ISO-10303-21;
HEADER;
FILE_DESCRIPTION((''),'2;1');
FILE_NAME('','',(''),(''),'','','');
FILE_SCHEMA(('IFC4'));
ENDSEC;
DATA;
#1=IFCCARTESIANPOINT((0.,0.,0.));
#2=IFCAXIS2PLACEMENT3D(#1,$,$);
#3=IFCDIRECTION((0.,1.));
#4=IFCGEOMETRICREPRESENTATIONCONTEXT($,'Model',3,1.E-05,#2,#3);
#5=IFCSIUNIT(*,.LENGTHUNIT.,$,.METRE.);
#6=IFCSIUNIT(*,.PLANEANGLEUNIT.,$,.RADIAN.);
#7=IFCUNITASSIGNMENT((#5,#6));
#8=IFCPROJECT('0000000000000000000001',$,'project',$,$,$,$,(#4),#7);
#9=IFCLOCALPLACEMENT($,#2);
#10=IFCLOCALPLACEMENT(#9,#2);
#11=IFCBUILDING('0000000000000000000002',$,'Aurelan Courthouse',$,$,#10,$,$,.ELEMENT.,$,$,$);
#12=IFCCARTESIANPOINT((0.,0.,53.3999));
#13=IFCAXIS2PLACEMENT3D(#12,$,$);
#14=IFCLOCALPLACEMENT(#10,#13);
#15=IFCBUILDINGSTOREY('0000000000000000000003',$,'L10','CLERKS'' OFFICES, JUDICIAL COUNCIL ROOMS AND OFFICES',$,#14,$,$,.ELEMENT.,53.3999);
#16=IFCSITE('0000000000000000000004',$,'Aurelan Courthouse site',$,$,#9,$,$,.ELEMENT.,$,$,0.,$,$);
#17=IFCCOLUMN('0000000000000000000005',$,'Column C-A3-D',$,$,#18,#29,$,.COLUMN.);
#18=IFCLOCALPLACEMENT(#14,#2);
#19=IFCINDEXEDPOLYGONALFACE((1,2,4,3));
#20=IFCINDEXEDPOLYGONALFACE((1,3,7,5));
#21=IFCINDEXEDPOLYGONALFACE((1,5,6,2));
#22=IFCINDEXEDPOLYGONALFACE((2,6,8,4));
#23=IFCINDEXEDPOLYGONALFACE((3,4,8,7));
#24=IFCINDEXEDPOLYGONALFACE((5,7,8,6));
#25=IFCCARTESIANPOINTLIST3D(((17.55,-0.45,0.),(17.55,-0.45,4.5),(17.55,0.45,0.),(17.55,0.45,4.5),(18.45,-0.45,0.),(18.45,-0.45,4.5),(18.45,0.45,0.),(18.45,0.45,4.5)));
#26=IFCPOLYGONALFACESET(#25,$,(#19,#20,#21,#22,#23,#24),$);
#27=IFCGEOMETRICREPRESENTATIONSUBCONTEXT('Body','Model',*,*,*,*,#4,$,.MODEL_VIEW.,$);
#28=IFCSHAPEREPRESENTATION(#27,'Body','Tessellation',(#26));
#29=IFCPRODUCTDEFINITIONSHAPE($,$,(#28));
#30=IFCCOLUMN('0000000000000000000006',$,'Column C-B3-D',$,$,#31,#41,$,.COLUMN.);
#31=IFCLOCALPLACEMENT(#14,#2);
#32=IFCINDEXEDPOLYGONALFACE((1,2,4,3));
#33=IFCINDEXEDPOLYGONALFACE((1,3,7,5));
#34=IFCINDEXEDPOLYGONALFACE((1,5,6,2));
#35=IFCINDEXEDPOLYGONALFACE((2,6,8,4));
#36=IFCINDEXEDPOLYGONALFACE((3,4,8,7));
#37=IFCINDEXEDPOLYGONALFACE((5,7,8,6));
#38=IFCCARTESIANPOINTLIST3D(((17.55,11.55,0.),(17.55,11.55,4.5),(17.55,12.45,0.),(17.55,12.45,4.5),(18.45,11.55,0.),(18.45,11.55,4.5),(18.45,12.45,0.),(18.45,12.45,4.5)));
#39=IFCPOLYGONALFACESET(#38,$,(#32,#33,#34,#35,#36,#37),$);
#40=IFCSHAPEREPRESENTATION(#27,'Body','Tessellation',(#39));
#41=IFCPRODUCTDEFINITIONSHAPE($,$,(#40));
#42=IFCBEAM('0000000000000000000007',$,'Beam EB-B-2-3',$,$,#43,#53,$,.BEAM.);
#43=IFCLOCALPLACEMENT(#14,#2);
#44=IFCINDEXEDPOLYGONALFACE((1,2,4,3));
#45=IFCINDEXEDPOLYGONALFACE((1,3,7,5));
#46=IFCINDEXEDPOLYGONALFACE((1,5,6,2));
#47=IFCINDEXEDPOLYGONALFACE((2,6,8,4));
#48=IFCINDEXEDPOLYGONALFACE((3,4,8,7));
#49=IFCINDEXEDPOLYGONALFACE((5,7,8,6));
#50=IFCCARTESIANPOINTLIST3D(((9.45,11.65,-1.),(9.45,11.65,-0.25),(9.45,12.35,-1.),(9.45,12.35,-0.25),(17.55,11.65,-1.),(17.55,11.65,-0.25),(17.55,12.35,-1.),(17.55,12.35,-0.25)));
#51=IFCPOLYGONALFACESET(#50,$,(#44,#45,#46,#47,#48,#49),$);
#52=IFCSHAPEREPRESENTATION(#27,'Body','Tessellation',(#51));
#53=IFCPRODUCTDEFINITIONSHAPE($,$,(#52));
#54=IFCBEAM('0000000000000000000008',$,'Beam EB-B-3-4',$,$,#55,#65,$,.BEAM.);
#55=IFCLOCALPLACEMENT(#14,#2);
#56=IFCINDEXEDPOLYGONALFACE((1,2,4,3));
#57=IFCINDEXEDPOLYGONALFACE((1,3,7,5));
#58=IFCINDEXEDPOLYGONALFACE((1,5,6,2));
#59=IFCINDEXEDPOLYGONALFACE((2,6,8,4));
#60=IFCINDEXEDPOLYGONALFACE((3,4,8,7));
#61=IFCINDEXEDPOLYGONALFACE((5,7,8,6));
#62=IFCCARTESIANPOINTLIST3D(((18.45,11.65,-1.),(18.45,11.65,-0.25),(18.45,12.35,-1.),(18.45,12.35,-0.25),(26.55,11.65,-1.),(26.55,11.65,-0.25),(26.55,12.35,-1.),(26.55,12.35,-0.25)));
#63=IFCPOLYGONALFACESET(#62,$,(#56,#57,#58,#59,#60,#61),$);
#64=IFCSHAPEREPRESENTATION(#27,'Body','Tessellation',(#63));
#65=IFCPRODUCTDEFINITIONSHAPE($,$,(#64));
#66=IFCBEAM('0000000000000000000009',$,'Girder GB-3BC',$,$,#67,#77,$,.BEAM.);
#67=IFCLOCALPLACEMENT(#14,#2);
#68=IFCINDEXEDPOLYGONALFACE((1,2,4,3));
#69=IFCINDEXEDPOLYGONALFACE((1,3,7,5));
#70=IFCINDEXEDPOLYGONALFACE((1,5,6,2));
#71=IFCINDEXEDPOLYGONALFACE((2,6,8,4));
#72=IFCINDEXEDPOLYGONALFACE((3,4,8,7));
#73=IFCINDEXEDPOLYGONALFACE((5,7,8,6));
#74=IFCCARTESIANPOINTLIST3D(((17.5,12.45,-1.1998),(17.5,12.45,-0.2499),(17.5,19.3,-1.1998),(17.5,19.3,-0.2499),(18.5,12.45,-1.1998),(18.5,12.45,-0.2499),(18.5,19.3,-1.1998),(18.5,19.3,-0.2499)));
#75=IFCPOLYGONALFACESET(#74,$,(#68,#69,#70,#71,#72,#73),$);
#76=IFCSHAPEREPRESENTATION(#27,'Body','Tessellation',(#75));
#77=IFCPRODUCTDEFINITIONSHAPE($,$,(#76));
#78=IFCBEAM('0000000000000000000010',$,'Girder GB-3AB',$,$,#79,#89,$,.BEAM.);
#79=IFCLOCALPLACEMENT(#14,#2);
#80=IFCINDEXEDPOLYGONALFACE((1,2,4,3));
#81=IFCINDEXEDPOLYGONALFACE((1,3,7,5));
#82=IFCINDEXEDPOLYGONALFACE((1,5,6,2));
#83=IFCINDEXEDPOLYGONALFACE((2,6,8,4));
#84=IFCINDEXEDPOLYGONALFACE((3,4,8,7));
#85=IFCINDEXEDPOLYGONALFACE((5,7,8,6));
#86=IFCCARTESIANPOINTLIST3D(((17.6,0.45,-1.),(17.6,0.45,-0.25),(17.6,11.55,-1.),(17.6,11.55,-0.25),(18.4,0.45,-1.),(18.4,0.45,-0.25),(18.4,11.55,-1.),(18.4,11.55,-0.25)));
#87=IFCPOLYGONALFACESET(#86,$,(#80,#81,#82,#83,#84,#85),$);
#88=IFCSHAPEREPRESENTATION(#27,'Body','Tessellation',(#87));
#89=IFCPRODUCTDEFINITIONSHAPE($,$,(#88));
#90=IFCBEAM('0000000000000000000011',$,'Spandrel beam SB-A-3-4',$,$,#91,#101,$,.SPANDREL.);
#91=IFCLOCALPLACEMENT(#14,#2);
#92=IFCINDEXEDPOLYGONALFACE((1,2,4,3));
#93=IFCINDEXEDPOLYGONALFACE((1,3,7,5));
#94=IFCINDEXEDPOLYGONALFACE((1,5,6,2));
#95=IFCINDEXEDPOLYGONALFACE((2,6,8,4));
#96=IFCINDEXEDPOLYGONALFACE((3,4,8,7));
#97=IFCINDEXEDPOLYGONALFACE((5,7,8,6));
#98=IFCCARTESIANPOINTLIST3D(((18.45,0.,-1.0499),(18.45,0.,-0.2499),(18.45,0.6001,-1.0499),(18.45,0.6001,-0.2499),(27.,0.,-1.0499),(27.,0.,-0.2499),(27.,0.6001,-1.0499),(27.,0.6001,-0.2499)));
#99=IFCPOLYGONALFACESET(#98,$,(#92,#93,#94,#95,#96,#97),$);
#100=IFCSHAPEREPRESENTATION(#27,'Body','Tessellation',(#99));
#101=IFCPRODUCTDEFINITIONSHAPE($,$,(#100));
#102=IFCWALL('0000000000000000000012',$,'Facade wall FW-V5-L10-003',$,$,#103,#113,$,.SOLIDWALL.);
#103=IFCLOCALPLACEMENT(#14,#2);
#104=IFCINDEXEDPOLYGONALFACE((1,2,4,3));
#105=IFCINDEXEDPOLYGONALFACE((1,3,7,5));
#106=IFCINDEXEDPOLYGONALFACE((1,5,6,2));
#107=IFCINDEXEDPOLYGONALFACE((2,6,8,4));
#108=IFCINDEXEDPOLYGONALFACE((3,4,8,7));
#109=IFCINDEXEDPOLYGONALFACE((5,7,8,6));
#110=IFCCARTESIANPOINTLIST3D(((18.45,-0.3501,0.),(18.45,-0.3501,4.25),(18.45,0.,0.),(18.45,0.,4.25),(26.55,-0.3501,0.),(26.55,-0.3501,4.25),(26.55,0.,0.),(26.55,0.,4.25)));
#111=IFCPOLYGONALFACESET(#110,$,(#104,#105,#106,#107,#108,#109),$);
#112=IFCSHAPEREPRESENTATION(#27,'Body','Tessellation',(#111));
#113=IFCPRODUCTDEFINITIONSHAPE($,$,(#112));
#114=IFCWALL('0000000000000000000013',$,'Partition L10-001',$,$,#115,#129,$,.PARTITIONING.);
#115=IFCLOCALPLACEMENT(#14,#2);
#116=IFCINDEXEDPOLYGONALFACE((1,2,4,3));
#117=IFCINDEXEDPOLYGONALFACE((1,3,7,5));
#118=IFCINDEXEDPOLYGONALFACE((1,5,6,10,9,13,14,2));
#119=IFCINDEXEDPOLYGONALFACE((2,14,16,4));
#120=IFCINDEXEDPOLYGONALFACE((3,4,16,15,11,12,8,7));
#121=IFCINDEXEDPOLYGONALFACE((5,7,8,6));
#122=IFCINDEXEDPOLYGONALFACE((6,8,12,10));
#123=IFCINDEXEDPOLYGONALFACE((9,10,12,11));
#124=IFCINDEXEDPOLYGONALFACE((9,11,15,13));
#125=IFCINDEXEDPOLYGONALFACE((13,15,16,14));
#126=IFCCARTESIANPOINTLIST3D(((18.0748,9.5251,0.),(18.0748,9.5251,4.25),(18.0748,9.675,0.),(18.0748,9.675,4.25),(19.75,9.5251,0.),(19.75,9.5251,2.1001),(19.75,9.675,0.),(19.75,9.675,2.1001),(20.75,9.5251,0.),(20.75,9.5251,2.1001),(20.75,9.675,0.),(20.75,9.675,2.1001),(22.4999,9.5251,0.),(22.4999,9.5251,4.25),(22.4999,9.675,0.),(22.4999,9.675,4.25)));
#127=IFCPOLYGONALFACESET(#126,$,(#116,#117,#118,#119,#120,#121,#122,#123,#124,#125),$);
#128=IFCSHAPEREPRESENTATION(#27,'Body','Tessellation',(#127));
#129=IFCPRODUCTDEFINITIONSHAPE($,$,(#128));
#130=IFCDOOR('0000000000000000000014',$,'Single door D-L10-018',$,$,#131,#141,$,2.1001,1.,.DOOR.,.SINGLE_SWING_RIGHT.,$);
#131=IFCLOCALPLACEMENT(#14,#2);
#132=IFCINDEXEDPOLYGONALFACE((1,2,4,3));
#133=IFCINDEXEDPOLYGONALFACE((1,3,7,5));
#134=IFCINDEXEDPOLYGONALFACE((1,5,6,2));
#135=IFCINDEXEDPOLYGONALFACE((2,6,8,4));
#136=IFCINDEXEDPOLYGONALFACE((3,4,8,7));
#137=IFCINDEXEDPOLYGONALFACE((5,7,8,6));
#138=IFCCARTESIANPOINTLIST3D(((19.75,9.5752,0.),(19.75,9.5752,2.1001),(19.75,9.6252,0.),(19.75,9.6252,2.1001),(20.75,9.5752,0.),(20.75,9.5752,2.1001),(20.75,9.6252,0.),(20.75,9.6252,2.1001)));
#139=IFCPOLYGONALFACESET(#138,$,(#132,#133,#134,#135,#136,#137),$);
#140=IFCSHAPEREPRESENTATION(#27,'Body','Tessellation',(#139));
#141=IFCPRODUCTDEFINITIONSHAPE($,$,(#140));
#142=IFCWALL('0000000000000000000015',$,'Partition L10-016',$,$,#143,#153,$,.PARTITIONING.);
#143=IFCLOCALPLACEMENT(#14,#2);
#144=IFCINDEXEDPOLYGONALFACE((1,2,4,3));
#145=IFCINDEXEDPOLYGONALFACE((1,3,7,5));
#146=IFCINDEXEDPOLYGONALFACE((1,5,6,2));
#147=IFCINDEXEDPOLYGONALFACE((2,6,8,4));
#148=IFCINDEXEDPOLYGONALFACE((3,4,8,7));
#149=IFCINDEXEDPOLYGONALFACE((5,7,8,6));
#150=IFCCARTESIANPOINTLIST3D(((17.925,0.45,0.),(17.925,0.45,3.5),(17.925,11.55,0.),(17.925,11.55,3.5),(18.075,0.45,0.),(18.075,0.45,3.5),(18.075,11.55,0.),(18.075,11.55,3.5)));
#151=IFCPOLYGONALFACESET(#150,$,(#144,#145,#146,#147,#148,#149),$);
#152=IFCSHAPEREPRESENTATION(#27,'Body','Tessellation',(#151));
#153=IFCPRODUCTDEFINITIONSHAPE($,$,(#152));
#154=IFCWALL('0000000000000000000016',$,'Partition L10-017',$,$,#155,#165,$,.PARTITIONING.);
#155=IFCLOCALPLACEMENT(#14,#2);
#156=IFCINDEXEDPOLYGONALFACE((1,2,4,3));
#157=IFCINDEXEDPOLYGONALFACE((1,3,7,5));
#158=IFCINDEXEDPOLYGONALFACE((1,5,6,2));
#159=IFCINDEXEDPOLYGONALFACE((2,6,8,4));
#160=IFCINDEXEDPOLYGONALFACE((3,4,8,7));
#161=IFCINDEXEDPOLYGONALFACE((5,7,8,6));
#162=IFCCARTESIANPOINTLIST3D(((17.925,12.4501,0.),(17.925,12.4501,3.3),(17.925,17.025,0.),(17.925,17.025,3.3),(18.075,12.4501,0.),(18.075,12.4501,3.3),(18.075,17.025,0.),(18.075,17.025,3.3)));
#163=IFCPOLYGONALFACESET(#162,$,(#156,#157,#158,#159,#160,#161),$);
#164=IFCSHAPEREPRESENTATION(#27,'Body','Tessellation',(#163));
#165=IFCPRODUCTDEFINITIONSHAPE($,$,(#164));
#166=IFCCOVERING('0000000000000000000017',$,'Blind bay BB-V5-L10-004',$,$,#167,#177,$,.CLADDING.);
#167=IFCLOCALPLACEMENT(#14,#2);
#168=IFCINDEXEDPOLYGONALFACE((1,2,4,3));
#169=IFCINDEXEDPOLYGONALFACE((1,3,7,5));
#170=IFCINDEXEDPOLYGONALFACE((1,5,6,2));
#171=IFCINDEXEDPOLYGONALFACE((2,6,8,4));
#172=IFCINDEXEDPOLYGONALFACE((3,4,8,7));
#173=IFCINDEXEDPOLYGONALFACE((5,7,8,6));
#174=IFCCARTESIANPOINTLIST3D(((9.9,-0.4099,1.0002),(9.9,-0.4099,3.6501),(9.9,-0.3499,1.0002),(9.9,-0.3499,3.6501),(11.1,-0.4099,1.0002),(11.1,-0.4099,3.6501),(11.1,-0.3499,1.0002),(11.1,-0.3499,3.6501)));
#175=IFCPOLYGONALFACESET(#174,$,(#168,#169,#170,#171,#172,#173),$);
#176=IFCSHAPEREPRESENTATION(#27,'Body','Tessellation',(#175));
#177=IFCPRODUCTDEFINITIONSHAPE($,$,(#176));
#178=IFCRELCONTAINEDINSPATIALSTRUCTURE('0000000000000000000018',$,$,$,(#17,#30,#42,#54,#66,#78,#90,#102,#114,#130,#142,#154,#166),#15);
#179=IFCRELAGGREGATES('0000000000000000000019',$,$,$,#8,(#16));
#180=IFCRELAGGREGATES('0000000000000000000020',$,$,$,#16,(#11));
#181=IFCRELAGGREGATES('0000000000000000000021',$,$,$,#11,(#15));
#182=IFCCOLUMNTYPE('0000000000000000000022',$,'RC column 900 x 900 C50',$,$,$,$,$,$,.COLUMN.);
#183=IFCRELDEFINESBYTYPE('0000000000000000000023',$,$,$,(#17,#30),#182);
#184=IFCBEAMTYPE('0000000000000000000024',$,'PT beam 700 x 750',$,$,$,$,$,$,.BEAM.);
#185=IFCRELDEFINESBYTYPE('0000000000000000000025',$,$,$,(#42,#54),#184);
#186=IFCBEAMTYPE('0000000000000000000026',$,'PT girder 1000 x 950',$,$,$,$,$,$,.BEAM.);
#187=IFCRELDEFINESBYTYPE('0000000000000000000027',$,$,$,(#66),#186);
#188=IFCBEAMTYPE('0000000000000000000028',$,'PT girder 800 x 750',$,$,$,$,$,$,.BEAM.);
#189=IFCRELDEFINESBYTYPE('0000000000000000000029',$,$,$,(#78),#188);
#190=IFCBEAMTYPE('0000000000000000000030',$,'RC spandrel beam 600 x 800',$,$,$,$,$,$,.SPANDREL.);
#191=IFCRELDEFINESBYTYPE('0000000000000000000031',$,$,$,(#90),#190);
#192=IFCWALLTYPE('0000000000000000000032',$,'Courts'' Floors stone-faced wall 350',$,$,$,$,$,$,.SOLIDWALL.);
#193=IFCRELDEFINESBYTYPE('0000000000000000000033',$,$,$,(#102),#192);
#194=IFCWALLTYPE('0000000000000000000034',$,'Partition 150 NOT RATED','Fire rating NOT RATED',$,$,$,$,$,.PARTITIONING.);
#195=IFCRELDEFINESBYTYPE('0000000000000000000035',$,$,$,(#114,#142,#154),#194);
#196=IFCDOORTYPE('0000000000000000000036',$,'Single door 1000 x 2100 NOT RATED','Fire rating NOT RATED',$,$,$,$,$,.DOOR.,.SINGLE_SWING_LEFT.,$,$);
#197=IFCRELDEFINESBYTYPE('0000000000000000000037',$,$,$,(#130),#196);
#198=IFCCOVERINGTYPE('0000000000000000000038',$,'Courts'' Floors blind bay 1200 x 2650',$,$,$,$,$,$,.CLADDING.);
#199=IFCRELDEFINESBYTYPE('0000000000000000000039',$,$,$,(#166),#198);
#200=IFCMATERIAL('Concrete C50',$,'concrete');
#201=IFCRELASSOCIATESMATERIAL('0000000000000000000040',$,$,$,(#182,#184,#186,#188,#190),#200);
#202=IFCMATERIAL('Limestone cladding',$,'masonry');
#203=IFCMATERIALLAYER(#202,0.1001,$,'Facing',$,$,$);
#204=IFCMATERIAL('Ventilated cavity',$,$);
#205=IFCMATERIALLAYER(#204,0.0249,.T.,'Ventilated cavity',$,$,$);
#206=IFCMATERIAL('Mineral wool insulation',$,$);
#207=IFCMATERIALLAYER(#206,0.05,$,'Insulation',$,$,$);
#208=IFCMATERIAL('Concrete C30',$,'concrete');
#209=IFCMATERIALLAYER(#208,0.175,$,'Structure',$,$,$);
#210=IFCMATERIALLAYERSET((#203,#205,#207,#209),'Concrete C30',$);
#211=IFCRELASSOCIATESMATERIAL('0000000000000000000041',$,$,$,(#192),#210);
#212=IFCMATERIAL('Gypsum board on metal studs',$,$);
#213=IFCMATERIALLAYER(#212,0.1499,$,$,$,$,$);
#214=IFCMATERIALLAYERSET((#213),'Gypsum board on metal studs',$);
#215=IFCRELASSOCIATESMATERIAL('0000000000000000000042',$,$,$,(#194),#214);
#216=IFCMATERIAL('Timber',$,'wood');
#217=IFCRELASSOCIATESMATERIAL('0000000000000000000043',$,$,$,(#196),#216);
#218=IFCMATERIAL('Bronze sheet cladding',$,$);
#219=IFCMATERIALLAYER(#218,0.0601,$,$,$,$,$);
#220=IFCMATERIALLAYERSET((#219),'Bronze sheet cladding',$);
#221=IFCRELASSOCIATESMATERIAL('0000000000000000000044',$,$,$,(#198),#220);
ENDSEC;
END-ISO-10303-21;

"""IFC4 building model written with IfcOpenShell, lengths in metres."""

from ifc_helpers import new_model, si_unit, direction, frame, frame_2d, origin, origin_2d, place, context, subcontext, project, spatial, rectangle, extrude, material, layer, layer_set, material_profile, profile_set, type_object, element, fill, save


model = new_model("IFC4")

# Units and contexts
model_context = context("Model", 3, precision=1e-05, world=origin(), true_north=direction((0.0, 1.0)))
body_context = subcontext(model_context, "Body", "Model", "MODEL_VIEW")
ifc_project = project(units=[si_unit("LENGTHUNIT", "METRE"), si_unit("PLANEANGLEUNIT", "RADIAN")], contexts=[model_context])

# Site, building, storey
site_placement = place(None, origin())
site = spatial("IfcSite", under=ifc_project, at=site_placement, Name="Aurelan Courthouse site", CompositionType="ELEMENT", RefElevation=0.0)
building_placement = place(site_placement, origin())
building = spatial("IfcBuilding", under=site, at=building_placement, Name="Aurelan Courthouse", CompositionType="ELEMENT")
storey_placement = place(building_placement, frame((0.0, 0.0, 53.3999)))
storey = spatial("IfcBuildingStorey", under=building, at=storey_placement, Name="L10", Description="CLERKS' OFFICES, JUDICIAL COUNCIL ROOMS AND OFFICES", CompositionType="ELEMENT", Elevation=53.3999)

# Columns
ifc_material_1 = material(Name="Concrete C50", Category="concrete")
ifc_material_profile_1 = material_profile(ifc_material_1, rectangle(XDim=0.8999, YDim=0.8999, at=origin_2d()), Name="RC 900 x 900")
ifc_profile_set_1 = profile_set([ifc_material_profile_1], Name="Concrete C50")
column_type = type_object("IfcColumnType", Name="RC column 900 x 900 C50", PredefinedType="COLUMN", material=ifc_profile_set_1)
for number, where, z_axis, x_axis, name in (
    (1, (18.0, 0.0, 0.0), (0.0, 0.0, 1.0), (1.0, 0.0, 0.0), "Column C-A3-D"),
    (2, (18.0, 12.0, 0.0), (0.0, 0.0, 1.0), (1.0, 0.0, 0.0), "Column C-B3-D"),
):
    element("IfcColumn", number, at=place(storey_placement, frame(where, z_axis=z_axis, x_axis=x_axis)), inside=storey, type_object=column_type, Name=name, PredefinedType="COLUMN", context=body_context, shape_type="SweptSolid", body=[
        extrude(rectangle(XDim=0.8999, YDim=0.8999, at=origin_2d()), origin(), (0.0, 0.0, 1.0), 4.5),
    ])

# Beams
ifc_material_profile_2 = material_profile(ifc_material_1, rectangle(XDim=0.7, YDim=0.75, at=origin_2d()), Name="RC 700 x 750")
ifc_profile_set_2 = profile_set([ifc_material_profile_2], Name="Concrete C50")
beam_type_1 = type_object("IfcBeamType", Name="PT beam 700 x 750", PredefinedType="BEAM", material=ifc_profile_set_2)
for number, where, z_axis, x_axis, name in (
    (3, (9.45, 12.0, -0.625), (1.0, 0.0, 0.0), (0.0, 1.0, 0.0), "Beam EB-B-2-3"),
    (4, (18.45, 12.0, -0.625), (1.0, 0.0, 0.0), (0.0, 1.0, 0.0), "Beam EB-B-3-4"),
):
    element("IfcBeam", number, at=place(storey_placement, frame(where, z_axis=z_axis, x_axis=x_axis)), inside=storey, type_object=beam_type_1, Name=name, PredefinedType="BEAM", context=body_context, shape_type="SweptSolid", body=[
        extrude(rectangle(XDim=0.7, YDim=0.75, at=origin_2d()), origin(), (0.0, 0.0, 1.0), 8.1001),
    ])
ifc_material_profile_3 = material_profile(ifc_material_1, rectangle(XDim=1.0, YDim=0.95, at=origin_2d()), Name="RC 1000 x 950")
ifc_profile_set_3 = profile_set([ifc_material_profile_3], Name="Concrete C50")
beam_type_2 = type_object("IfcBeamType", Name="PT girder 1000 x 950", PredefinedType="BEAM", material=ifc_profile_set_3)
beam_1_placement = place(storey_placement, frame((18.0, 12.45, -0.7249), z_axis=(0.0, 1.0, 0.0), x_axis=(-1.0, 0.0, 0.0)))
element("IfcBeam", 5, at=beam_1_placement, inside=storey, type_object=beam_type_2, Name="Girder GB-3BC", PredefinedType="BEAM", context=body_context, shape_type="SweptSolid", body=[
    extrude(rectangle(XDim=1.0, YDim=0.95, at=origin_2d()), origin(), (0.0, 0.0, 1.0), 6.8501),
])
ifc_material_profile_4 = material_profile(ifc_material_1, rectangle(XDim=0.8, YDim=0.75, at=origin_2d()), Name="RC 800 x 750")
ifc_profile_set_4 = profile_set([ifc_material_profile_4], Name="Concrete C50")
beam_type_3 = type_object("IfcBeamType", Name="PT girder 800 x 750", PredefinedType="BEAM", material=ifc_profile_set_4)
beam_2_placement = place(storey_placement, frame((18.0, 0.45, -0.625), z_axis=(0.0, 1.0, 0.0), x_axis=(-1.0, 0.0, 0.0)))
element("IfcBeam", 6, at=beam_2_placement, inside=storey, type_object=beam_type_3, Name="Girder GB-3AB", PredefinedType="BEAM", context=body_context, shape_type="SweptSolid", body=[
    extrude(rectangle(XDim=0.8, YDim=0.75, at=origin_2d()), origin(), (0.0, 0.0, 1.0), 11.1001),
])
ifc_material_profile_5 = material_profile(ifc_material_1, rectangle(XDim=0.6001, YDim=0.8, at=origin_2d()), Name="RC 600 x 800")
ifc_profile_set_5 = profile_set([ifc_material_profile_5], Name="Concrete C50")
beam_type_4 = type_object("IfcBeamType", Name="RC spandrel beam 600 x 800", PredefinedType="SPANDREL", material=ifc_profile_set_5)
beam_3_placement = place(storey_placement, frame((18.45, 0.3, -0.6499), z_axis=(1.0, 0.0, 0.0), x_axis=(0.0, 1.0, 0.0)))
element("IfcBeam", 7, at=beam_3_placement, inside=storey, type_object=beam_type_4, Name="Spandrel beam SB-A-3-4", PredefinedType="SPANDREL", context=body_context, shape_type="SweptSolid", body=[
    extrude(rectangle(XDim=0.6001, YDim=0.8, at=origin_2d()), origin(), (0.0, 0.0, 1.0), 8.55),
])

# Wall
ifc_material_2 = material(Name="Limestone cladding", Category="masonry")
ifc_layer_1 = layer(ifc_material_2, 0.1001, Name="Facing")
ifc_material_3 = material(Name="Ventilated cavity")
ifc_layer_2 = layer(ifc_material_3, 0.0249, ventilated=True, Name="Ventilated cavity")
ifc_material_4 = material(Name="Mineral wool insulation")
ifc_layer_3 = layer(ifc_material_4, 0.05, Name="Insulation")
ifc_material_5 = material(Name="Concrete C30", Category="concrete")
ifc_layer_4 = layer(ifc_material_5, 0.175, Name="Structure")
ifc_layer_set_1 = layer_set([ifc_layer_1, ifc_layer_2, ifc_layer_3, ifc_layer_4], Name="Concrete C30")
wall_type_1 = type_object("IfcWallType", Name="Courts' Floors stone-faced wall 350", PredefinedType="SOLIDWALL", material=ifc_layer_set_1)
wall_1_placement = place(storey_placement, frame((18.45, -0.175, 0.0), z_axis=(0.0, 0.0, 1.0), x_axis=(1.0, 0.0, 0.0)))
element("IfcWall", 8, at=wall_1_placement, inside=storey, type_object=wall_type_1, Name="Facade wall FW-V5-L10-003", PredefinedType="SOLIDWALL", context=body_context, shape_type="SweptSolid", body=[
    extrude(rectangle(XDim=8.1001, YDim=0.3501, at=frame_2d((4.05, 0.0))), origin(), (0.0, 0.0, 1.0), 4.25),
])

# Wall, opening, door
ifc_material_6 = material(Name="Gypsum board on metal studs")
ifc_layer_5 = layer(ifc_material_6, 0.1499)
ifc_layer_set_2 = layer_set([ifc_layer_5], Name="Gypsum board on metal studs")
wall_type_2 = type_object("IfcWallType", Name="Partition 150 NOT RATED", Description="Fire rating NOT RATED", PredefinedType="PARTITIONING", material=ifc_layer_set_2)
wall_2_placement = place(storey_placement, frame((18.075, 9.6001, 0.0), z_axis=(0.0, 0.0, 1.0), x_axis=(1.0, 0.0, 0.0)))
wall_2 = element("IfcWall", 9, at=wall_2_placement, inside=storey, type_object=wall_type_2, Name="Partition L10-001", PredefinedType="PARTITIONING", context=body_context, shape_type="SweptSolid", body=[
    extrude(rectangle(XDim=4.425, YDim=0.1499, at=frame_2d((2.2124, 0.0))), origin(), (0.0, 0.0, 1.0), 4.25),
])
opening_placement = place(wall_2_placement, frame((2.675, 0.0, 0.0), z_axis=(0.0, 0.0, 1.0), x_axis=(-1.0, 0.0, 0.0)))
opening = element("IfcOpeningElement", 10, at=opening_placement, cuts=wall_2, PredefinedType="OPENING", context=body_context, shape_type="SweptSolid", body=[
    extrude(rectangle(XDim=1.0, YDim=2.1001, at=frame_2d((0.5, 1.05))), frame((0.0, 0.085, 0.0), z_axis=(0.0, -1.0, 0.0), x_axis=(1.0, 0.0, 0.0)), (0.0, 0.0, 1.0), 0.1699),
])
ifc_material_7 = material(Name="Timber", Category="wood")
door_type = type_object("IfcDoorType", Name="Single door 1000 x 2100 NOT RATED", Description="Fire rating NOT RATED", OperationType="SINGLE_SWING_LEFT", PredefinedType="DOOR", material=ifc_material_7)
door_placement = place(opening_placement, origin())
door = element("IfcDoor", 11, at=door_placement, inside=storey, type_object=door_type, Name="Single door D-L10-018", OperationType="SINGLE_SWING_RIGHT", OverallHeight=2.1001, OverallWidth=1.0, PredefinedType="DOOR", context=body_context, shape_type="SweptSolid", body=[
    extrude(rectangle(XDim=1.0, YDim=2.1001, at=frame_2d((0.5, 1.05))), frame((0.0, 0.0249, 0.0), z_axis=(0.0, -1.0, 0.0), x_axis=(1.0, 0.0, 0.0)), (0.0, 0.0, 1.0), 0.05),
])
fill(opening, door)

# Walls
wall_3_placement = place(storey_placement, frame((18.0, 0.45, 0.0), z_axis=(0.0, 0.0, 1.0), x_axis=(0.0, 1.0, 0.0)))
element("IfcWall", 12, at=wall_3_placement, inside=storey, type_object=wall_type_2, Name="Partition L10-016", PredefinedType="PARTITIONING", context=body_context, shape_type="SweptSolid", body=[
    extrude(rectangle(XDim=11.1001, YDim=0.1499, at=frame_2d((5.55, 0.0))), origin(), (0.0, 0.0, 1.0), 3.5),
])
wall_4_placement = place(storey_placement, frame((18.0, 12.45, 0.0), z_axis=(0.0, 0.0, 1.0), x_axis=(0.0, 1.0, 0.0)))
element("IfcWall", 13, at=wall_4_placement, inside=storey, type_object=wall_type_2, Name="Partition L10-017", PredefinedType="PARTITIONING", context=body_context, shape_type="SweptSolid", body=[
    extrude(rectangle(XDim=4.575, YDim=0.1499, at=frame_2d((2.2876, 0.0))), origin(), (0.0, 0.0, 1.0), 3.3),
])

# Covering
ifc_material_8 = material(Name="Bronze sheet cladding")
ifc_layer_6 = layer(ifc_material_8, 0.0601)
ifc_layer_set_3 = layer_set([ifc_layer_6], Name="Bronze sheet cladding")
covering_type_1 = type_object("IfcCoveringType", Name="Courts' Floors blind bay 1200 x 2650", PredefinedType="CLADDING", material=ifc_layer_set_3)
for number, where, z_axis, x_axis, name in (
    (14, (10.5, -0.3799, 1.0002), (0.0, 0.0, 1.0), (1.0, 0.0, 0.0), "Blind bay BB-V5-L10-004"),
):
    element("IfcCovering", number, at=place(storey_placement, frame(where, z_axis=z_axis, x_axis=x_axis)), inside=storey, type_object=covering_type_1, Name=name, PredefinedType="CLADDING", context=body_context, shape_type="SweptSolid", body=[
        extrude(rectangle(XDim=1.2, YDim=0.0601, at=origin_2d()), origin(), (0.0, 0.0, 1.0), 2.6499),
    ])

save(model, "model.ifc")
